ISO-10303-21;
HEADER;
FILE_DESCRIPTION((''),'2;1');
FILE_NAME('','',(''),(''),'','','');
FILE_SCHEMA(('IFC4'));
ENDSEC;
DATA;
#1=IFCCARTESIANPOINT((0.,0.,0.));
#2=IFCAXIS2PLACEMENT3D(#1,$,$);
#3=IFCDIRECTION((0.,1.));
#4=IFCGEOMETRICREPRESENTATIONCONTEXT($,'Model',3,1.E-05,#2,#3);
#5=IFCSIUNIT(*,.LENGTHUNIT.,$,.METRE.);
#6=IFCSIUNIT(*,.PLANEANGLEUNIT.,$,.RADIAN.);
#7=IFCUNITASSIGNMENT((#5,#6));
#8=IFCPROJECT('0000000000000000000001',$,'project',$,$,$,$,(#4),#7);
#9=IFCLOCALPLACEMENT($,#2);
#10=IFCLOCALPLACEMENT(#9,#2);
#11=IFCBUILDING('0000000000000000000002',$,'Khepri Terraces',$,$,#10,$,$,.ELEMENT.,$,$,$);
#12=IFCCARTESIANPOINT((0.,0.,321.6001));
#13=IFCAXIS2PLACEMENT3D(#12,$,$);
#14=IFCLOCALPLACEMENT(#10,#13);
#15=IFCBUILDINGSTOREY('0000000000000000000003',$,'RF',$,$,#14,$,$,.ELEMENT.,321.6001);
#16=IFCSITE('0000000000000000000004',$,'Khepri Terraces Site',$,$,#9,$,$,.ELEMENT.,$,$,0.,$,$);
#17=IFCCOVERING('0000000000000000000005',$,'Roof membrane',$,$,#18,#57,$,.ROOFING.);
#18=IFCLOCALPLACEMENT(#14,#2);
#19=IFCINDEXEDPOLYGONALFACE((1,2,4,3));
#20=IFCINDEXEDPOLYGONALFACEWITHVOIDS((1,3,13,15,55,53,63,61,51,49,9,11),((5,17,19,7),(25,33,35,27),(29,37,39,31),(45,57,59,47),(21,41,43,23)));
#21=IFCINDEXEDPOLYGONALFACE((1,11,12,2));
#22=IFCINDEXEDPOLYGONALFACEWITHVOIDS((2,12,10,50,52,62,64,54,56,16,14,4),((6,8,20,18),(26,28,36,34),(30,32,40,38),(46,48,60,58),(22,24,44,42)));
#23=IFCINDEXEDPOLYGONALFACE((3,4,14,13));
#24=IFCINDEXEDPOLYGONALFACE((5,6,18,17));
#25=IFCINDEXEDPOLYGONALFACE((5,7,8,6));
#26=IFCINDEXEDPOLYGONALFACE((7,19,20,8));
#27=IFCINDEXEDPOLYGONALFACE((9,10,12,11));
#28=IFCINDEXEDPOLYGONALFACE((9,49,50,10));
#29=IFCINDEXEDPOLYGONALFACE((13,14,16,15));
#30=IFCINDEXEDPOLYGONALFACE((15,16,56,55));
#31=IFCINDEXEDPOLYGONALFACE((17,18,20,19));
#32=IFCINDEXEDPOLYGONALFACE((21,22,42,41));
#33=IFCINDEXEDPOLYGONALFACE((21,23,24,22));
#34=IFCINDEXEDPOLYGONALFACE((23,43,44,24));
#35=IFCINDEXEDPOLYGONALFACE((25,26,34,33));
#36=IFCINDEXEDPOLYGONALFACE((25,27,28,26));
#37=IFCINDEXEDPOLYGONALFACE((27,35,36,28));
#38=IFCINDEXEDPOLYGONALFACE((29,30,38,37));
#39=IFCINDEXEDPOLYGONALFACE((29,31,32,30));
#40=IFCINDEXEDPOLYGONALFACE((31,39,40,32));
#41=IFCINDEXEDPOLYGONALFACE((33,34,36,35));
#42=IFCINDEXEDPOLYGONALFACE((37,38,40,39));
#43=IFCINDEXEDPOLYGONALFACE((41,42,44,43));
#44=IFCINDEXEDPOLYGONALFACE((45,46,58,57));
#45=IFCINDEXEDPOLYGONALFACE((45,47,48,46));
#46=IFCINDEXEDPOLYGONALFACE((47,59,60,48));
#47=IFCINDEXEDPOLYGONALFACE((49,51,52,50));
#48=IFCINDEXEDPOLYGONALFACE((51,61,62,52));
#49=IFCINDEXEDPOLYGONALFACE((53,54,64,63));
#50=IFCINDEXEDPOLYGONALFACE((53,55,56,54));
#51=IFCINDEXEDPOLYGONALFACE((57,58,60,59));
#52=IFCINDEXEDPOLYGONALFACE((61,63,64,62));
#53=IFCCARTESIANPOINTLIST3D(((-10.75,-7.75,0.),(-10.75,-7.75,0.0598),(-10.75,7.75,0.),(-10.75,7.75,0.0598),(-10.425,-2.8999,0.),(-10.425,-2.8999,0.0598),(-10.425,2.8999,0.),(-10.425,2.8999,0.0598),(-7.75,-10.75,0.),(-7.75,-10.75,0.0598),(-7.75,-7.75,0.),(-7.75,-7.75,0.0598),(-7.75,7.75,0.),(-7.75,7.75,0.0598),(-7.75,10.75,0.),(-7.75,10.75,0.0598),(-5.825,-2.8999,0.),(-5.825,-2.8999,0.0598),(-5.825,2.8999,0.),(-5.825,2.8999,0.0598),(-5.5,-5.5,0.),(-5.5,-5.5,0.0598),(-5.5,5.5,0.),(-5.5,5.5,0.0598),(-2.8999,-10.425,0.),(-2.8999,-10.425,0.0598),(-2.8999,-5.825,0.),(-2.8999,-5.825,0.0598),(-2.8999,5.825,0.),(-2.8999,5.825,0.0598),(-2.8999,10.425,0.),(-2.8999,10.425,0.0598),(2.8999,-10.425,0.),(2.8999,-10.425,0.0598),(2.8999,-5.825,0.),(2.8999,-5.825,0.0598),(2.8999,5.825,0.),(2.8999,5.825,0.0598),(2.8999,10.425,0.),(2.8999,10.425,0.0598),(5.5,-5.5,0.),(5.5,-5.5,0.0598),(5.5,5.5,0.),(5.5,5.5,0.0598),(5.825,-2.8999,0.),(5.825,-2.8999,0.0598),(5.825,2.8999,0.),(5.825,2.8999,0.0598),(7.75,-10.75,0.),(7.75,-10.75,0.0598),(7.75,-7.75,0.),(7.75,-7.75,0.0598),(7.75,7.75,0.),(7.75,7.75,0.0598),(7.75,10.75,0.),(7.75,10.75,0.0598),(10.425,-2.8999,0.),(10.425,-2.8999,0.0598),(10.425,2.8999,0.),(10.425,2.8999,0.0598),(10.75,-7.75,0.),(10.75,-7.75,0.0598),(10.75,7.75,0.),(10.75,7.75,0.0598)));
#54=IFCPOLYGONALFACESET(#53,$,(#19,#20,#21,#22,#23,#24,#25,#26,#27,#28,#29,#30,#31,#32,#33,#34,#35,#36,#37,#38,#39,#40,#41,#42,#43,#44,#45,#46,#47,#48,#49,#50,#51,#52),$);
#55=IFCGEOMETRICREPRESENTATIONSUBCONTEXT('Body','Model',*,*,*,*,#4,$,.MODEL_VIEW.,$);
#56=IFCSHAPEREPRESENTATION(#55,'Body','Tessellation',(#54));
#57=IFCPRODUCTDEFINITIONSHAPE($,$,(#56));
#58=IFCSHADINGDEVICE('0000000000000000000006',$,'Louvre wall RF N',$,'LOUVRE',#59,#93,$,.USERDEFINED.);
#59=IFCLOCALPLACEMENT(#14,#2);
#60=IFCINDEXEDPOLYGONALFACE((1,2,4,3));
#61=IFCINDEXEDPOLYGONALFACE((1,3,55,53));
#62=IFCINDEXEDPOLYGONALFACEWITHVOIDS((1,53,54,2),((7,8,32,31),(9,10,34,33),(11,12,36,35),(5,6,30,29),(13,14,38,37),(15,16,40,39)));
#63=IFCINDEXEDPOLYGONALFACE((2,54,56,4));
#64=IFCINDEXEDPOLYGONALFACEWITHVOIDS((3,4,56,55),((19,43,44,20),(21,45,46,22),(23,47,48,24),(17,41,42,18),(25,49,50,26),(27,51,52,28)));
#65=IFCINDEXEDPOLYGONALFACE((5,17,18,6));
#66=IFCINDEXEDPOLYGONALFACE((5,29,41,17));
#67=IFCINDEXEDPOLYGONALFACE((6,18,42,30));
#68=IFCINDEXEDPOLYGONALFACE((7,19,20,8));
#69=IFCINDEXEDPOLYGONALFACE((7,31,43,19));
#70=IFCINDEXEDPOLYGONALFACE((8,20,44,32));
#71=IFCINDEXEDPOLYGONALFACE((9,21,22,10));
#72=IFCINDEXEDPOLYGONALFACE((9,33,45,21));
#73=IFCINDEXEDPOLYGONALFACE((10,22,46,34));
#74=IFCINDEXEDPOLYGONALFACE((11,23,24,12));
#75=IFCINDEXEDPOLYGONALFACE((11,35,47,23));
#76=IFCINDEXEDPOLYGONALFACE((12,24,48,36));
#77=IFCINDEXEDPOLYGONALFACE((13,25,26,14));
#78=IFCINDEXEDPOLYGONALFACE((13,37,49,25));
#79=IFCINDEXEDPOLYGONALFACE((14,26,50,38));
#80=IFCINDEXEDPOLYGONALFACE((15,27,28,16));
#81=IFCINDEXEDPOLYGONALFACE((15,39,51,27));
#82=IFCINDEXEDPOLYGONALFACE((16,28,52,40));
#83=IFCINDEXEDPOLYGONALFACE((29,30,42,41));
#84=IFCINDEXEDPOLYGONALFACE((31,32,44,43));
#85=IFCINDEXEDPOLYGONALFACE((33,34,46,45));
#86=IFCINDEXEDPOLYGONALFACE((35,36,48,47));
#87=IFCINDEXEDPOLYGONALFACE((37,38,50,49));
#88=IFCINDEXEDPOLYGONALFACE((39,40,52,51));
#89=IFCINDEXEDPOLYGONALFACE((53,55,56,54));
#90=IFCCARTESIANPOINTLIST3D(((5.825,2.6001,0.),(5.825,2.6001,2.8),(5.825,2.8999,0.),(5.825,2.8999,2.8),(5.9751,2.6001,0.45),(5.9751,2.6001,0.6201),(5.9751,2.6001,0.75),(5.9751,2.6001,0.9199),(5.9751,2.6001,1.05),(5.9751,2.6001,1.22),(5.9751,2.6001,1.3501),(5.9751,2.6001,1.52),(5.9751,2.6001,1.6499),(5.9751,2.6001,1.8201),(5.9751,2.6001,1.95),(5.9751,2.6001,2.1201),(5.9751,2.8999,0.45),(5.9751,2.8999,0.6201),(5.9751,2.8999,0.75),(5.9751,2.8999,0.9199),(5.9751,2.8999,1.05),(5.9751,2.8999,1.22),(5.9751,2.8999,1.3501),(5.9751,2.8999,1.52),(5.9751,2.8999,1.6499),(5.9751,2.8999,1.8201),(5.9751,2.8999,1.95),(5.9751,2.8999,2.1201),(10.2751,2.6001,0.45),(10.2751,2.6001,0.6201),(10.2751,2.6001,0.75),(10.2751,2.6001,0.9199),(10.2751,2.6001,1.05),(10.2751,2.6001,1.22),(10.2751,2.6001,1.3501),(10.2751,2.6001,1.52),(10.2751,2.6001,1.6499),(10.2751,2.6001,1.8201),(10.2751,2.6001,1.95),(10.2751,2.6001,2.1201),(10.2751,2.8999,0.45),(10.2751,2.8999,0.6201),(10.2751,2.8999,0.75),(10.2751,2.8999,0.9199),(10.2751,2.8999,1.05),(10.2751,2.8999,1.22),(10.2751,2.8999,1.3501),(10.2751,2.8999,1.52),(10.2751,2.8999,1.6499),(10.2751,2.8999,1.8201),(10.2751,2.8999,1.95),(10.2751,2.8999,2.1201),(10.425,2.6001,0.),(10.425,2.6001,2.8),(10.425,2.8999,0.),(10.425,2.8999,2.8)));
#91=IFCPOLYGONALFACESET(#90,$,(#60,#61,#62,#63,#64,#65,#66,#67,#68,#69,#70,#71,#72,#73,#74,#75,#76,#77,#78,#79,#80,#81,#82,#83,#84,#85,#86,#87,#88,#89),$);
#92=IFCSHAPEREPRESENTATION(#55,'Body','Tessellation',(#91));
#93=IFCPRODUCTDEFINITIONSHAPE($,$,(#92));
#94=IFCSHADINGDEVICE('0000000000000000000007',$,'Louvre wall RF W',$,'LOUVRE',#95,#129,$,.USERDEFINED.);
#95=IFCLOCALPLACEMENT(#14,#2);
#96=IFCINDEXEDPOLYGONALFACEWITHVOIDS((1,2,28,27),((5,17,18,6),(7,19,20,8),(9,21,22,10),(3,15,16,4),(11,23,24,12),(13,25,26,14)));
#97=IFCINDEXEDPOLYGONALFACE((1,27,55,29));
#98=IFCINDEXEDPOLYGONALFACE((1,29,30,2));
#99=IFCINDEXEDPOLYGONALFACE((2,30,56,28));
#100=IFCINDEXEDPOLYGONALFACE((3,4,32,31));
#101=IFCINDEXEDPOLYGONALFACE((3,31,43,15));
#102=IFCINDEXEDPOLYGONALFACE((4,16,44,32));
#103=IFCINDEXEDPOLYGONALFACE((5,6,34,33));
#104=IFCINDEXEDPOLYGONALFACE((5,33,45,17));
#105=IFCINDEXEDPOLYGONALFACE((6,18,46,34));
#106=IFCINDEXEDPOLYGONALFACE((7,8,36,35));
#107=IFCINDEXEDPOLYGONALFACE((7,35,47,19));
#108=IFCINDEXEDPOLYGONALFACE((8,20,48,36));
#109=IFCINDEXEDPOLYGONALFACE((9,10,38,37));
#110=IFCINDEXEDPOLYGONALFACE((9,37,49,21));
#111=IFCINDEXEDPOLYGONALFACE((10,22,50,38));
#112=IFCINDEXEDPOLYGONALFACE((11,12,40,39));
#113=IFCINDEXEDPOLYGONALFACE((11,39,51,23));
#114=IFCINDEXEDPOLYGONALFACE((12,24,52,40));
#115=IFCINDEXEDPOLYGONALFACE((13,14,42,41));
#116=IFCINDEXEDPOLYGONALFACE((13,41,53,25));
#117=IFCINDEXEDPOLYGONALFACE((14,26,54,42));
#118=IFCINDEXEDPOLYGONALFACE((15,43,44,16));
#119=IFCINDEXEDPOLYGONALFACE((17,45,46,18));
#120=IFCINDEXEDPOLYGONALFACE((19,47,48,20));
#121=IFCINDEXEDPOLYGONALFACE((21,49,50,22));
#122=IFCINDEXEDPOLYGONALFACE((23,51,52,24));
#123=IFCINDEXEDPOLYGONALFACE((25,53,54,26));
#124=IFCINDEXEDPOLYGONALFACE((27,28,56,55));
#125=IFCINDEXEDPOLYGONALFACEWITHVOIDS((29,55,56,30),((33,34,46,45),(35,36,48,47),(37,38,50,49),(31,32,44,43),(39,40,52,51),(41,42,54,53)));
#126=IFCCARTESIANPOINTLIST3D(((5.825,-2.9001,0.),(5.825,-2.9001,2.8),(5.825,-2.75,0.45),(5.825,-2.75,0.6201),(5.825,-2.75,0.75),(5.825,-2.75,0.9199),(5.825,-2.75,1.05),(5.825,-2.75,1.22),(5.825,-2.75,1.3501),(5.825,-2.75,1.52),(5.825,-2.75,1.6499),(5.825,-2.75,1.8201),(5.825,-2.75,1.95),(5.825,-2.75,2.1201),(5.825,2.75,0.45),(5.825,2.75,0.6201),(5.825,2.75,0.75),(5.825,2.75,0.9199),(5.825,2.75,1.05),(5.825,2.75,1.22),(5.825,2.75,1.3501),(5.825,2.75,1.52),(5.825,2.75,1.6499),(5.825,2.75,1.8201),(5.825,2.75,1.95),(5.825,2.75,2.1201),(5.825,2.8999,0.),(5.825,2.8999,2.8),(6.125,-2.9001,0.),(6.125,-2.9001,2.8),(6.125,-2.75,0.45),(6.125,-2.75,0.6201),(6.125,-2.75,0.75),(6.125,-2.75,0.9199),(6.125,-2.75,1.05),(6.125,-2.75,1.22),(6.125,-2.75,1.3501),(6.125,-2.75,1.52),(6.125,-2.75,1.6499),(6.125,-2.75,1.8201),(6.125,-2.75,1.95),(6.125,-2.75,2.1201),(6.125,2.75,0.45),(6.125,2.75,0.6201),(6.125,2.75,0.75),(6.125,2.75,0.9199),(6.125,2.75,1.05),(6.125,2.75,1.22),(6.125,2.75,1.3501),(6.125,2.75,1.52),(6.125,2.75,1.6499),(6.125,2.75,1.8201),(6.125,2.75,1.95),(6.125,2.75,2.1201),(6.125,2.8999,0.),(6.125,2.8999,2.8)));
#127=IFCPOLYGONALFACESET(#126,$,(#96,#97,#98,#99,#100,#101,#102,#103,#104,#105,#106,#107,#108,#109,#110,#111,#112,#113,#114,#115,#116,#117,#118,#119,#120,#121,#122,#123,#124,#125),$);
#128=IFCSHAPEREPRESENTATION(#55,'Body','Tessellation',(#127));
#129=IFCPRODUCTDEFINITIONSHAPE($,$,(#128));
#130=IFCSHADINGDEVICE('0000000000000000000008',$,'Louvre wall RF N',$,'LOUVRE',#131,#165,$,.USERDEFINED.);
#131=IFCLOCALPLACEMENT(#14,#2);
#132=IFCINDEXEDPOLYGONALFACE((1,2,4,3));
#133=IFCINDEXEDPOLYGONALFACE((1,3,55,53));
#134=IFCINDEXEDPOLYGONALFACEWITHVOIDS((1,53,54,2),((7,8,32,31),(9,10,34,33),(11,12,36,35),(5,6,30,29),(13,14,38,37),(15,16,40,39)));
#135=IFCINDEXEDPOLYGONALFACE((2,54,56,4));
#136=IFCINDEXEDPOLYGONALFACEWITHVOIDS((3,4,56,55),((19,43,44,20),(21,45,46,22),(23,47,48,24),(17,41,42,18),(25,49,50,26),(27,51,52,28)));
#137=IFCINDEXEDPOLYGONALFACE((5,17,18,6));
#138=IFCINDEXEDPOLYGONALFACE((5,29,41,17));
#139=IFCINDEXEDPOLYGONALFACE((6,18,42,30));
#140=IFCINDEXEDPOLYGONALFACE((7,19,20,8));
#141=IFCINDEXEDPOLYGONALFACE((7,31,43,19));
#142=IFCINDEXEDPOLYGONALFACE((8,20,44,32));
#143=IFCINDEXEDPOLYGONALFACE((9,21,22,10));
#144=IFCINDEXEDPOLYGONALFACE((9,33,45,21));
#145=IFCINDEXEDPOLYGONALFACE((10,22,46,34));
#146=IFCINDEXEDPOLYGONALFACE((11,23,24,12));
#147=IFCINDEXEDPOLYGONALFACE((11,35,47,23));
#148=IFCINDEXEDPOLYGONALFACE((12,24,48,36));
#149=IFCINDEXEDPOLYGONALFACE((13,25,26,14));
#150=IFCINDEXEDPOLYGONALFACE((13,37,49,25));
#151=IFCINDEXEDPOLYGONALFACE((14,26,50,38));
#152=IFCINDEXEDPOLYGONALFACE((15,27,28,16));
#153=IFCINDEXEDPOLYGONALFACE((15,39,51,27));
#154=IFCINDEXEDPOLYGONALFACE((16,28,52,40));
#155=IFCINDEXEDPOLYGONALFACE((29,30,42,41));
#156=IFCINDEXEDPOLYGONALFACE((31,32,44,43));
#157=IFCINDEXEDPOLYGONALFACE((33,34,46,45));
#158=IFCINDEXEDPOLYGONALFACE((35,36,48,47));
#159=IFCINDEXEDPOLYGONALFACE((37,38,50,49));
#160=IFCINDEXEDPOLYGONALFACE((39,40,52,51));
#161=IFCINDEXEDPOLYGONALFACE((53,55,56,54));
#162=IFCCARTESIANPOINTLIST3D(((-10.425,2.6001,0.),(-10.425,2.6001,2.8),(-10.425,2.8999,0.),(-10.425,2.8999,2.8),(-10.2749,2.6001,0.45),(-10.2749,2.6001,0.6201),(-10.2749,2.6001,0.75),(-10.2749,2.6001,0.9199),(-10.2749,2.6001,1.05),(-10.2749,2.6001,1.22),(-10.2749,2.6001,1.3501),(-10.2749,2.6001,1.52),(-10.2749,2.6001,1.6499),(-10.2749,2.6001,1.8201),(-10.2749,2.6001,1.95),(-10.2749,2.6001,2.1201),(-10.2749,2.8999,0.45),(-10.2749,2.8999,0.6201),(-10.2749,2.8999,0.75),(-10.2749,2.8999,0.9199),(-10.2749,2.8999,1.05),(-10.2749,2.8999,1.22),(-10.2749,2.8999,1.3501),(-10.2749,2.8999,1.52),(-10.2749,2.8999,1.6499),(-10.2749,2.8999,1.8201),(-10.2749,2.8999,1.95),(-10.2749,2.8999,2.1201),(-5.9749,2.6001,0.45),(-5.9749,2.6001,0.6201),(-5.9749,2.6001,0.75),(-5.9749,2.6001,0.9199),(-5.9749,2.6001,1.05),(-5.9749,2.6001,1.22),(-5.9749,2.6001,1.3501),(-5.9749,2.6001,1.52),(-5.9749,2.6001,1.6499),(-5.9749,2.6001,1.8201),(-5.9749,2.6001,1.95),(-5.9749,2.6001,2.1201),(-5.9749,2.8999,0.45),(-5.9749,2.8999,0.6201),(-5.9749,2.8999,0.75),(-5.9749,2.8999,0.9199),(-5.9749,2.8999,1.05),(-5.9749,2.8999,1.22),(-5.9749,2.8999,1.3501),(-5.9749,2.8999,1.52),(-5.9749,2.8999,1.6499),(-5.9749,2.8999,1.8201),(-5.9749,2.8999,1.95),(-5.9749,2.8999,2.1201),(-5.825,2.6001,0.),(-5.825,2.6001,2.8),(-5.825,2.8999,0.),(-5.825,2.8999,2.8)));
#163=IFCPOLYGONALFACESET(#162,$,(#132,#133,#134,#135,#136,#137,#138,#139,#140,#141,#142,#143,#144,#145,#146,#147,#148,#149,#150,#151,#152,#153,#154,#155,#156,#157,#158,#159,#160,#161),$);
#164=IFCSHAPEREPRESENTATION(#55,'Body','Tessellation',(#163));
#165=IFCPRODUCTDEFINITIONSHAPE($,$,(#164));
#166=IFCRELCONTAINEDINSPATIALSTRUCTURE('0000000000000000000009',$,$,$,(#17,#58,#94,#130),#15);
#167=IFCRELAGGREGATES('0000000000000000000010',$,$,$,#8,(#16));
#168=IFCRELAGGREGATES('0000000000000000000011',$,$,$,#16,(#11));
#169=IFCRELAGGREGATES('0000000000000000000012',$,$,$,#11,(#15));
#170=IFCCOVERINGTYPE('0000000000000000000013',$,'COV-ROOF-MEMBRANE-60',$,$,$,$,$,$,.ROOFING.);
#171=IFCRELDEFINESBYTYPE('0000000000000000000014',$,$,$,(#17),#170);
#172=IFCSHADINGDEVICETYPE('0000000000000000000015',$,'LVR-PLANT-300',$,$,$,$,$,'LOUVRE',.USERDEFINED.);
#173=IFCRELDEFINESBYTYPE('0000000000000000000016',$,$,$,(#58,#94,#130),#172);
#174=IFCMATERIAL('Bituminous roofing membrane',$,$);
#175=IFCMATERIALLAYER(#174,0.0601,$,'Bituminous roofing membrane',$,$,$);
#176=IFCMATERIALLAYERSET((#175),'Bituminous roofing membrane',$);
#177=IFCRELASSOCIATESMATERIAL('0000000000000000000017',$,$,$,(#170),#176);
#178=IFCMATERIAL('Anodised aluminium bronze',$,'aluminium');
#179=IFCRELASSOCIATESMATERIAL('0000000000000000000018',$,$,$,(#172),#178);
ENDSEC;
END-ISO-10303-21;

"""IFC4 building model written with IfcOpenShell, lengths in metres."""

from ifc_helpers import new_model, si_unit, direction, frame, origin, place, context, subcontext, project, spatial, polyline, outline, extrude, material, layer, layer_set, type_object, element, save


model = new_model("IFC4")

# Units and contexts
model_context = context("Model", 3, precision=1e-05, world=origin(), true_north=direction((0.0, 1.0)))
body_context = subcontext(model_context, "Body", "Model", "MODEL_VIEW")
ifc_project = project(units=[si_unit("LENGTHUNIT", "METRE"), si_unit("PLANEANGLEUNIT", "RADIAN")], contexts=[model_context])

# Site, building, storey
site_placement = place(None, origin())
site = spatial("IfcSite", under=ifc_project, at=site_placement, Name="Khepri Terraces Site", CompositionType="ELEMENT", RefElevation=0.0)
building_placement = place(site_placement, origin())
building = spatial("IfcBuilding", under=site, at=building_placement, Name="Khepri Terraces", CompositionType="ELEMENT")
storey_placement = place(building_placement, frame((0.0, 0.0, 321.6001)))
storey = spatial("IfcBuildingStorey", under=building, at=storey_placement, Name="RF", CompositionType="ELEMENT", Elevation=321.6001)

# Covering
ifc_material_1 = material(Name="Bituminous roofing membrane")
ifc_layer_1 = layer(ifc_material_1, 0.0601, Name="Bituminous roofing membrane")
ifc_layer_set_1 = layer_set([ifc_layer_1], Name="Bituminous roofing membrane")
covering_type = type_object("IfcCoveringType", Name="COV-ROOF-MEMBRANE-60", PredefinedType="ROOFING", material=ifc_layer_set_1)
covering_placement = place(storey_placement, origin())
element("IfcCovering", 1, at=covering_placement, inside=storey, type_object=covering_type, Name="Roof membrane", PredefinedType="ROOFING", context=body_context, shape_type="SweptSolid", body=[
    extrude(outline(polyline([(7.75, -7.75), (10.75, -7.75), (10.75, 7.75), (7.75, 7.75), (7.75, 10.75), (-7.75, 10.75), (-7.75, 7.75), (-10.75, 7.75), (-10.75, -7.75), (-7.75, -7.75), (-7.75, -10.75), (7.75, -10.75), (7.75, -7.75)]), holes=[polyline([(-2.8999, -10.425), (2.8999, -10.425), (2.8999, -5.825), (-2.8999, -5.825), (-2.8999, -10.425)]), polyline([(-10.425, -2.8999), (-5.825, -2.8999), (-5.825, 2.8999), (-10.425, 2.8999), (-10.425, -2.8999)]), polyline([(-5.5, -5.5), (5.5, -5.5), (5.5, 5.5), (-5.5, 5.5), (-5.5, -5.5)]), polyline([(5.825, 2.8999), (5.825, -2.8999), (10.425, -2.8999), (10.425, 2.8999), (5.825, 2.8999)]), polyline([(-2.8999, 10.425), (-2.8999, 5.825), (2.8999, 5.825), (2.8999, 10.425), (-2.8999, 10.425)])]), origin(), (0.0, 0.0, 1.0), 0.0598),
])

# Shading devices
ifc_material_2 = material(Name="Anodised aluminium bronze", Category="aluminium")
shading_device_type = type_object("IfcShadingDeviceType", Name="LVR-PLANT-300", ElementType="LOUVRE", PredefinedType="USERDEFINED", material=ifc_material_2)
shading_device_1_placement = place(storey_placement, frame((10.425, 2.6001, 0.0), z_axis=(0.0, 1.0, 0.0), x_axis=(-1.0, 0.0, 0.0)))
element("IfcShadingDevice", 2, at=shading_device_1_placement, inside=storey, type_object=shading_device_type, Name="Louvre wall RF N", ObjectType="LOUVRE", PredefinedType="USERDEFINED", context=body_context, shape_type="SweptSolid", body=[
    extrude(outline(polyline([(0.0, 0.0), (4.6001, 0.0), (4.6001, 2.8), (0.0, 2.8), (0.0, 0.0)]), holes=[polyline([(0.1499, 0.45), (4.45, 0.45), (4.45, 0.6201), (0.1499, 0.6201), (0.1499, 0.45)]), polyline([(0.1499, 0.75), (4.45, 0.75), (4.45, 0.9199), (0.1499, 0.9199), (0.1499, 0.75)]), polyline([(0.1499, 1.05), (4.45, 1.05), (4.45, 1.22), (0.1499, 1.22), (0.1499, 1.05)]), polyline([(0.1499, 1.3501), (4.45, 1.3501), (4.45, 1.52), (0.1499, 1.52), (0.1499, 1.3501)]), polyline([(0.1499, 1.6499), (4.45, 1.6499), (4.45, 1.8201), (0.1499, 1.8201), (0.1499, 1.6499)]), polyline([(0.1499, 1.95), (4.45, 1.95), (4.45, 2.1201), (0.1499, 2.1201), (0.1499, 1.95)])]), origin(), (0.0, 0.0, 1.0), 0.2998),
])
shading_device_2_placement = place(storey_placement, frame((6.125, 2.8999, 0.0), z_axis=(-1.0, 0.0, 0.0), x_axis=(0.0, -1.0, 0.0)))
element("IfcShadingDevice", 3, at=shading_device_2_placement, inside=storey, type_object=shading_device_type, Name="Louvre wall RF W", ObjectType="LOUVRE", PredefinedType="USERDEFINED", context=body_context, shape_type="SweptSolid", body=[
    extrude(outline(polyline([(0.0, 0.0), (5.8, 0.0), (5.8, 2.8), (0.0, 2.8), (0.0, 0.0)]), holes=[polyline([(0.1499, 0.45), (5.6499, 0.45), (5.6499, 0.6201), (0.1499, 0.6201), (0.1499, 0.45)]), polyline([(0.1499, 0.75), (5.6499, 0.75), (5.6499, 0.9199), (0.1499, 0.9199), (0.1499, 0.75)]), polyline([(0.1499, 1.05), (5.6499, 1.05), (5.6499, 1.22), (0.1499, 1.22), (0.1499, 1.05)]), polyline([(0.1499, 1.3501), (5.6499, 1.3501), (5.6499, 1.52), (0.1499, 1.52), (0.1499, 1.3501)]), polyline([(0.1499, 1.6499), (5.6499, 1.6499), (5.6499, 1.8201), (0.1499, 1.8201), (0.1499, 1.6499)]), polyline([(0.1499, 1.95), (5.6499, 1.95), (5.6499, 2.1201), (0.1499, 2.1201), (0.1499, 1.95)])]), origin(), (0.0, 0.0, 1.0), 0.3),
])
shading_device_3_placement = place(storey_placement, frame((-5.825, 2.6001, 0.0), z_axis=(0.0, 1.0, 0.0), x_axis=(-1.0, 0.0, 0.0)))
element("IfcShadingDevice", 4, at=shading_device_3_placement, inside=storey, type_object=shading_device_type, Name="Louvre wall RF N", ObjectType="LOUVRE", PredefinedType="USERDEFINED", context=body_context, shape_type="SweptSolid", body=[
    extrude(outline(polyline([(0.0, 0.0), (4.6001, 0.0), (4.6001, 2.8), (0.0, 2.8), (0.0, 0.0)]), holes=[polyline([(0.1499, 0.45), (4.45, 0.45), (4.45, 0.6201), (0.1499, 0.6201), (0.1499, 0.45)]), polyline([(0.1499, 0.75), (4.45, 0.75), (4.45, 0.9199), (0.1499, 0.9199), (0.1499, 0.75)]), polyline([(0.1499, 1.05), (4.45, 1.05), (4.45, 1.22), (0.1499, 1.22), (0.1499, 1.05)]), polyline([(0.1499, 1.3501), (4.45, 1.3501), (4.45, 1.52), (0.1499, 1.52), (0.1499, 1.3501)]), polyline([(0.1499, 1.6499), (4.45, 1.6499), (4.45, 1.8201), (0.1499, 1.8201), (0.1499, 1.6499)]), polyline([(0.1499, 1.95), (4.45, 1.95), (4.45, 2.1201), (0.1499, 2.1201), (0.1499, 1.95)])]), origin(), (0.0, 0.0, 1.0), 0.2998),
])

save(model, "model.ifc")
